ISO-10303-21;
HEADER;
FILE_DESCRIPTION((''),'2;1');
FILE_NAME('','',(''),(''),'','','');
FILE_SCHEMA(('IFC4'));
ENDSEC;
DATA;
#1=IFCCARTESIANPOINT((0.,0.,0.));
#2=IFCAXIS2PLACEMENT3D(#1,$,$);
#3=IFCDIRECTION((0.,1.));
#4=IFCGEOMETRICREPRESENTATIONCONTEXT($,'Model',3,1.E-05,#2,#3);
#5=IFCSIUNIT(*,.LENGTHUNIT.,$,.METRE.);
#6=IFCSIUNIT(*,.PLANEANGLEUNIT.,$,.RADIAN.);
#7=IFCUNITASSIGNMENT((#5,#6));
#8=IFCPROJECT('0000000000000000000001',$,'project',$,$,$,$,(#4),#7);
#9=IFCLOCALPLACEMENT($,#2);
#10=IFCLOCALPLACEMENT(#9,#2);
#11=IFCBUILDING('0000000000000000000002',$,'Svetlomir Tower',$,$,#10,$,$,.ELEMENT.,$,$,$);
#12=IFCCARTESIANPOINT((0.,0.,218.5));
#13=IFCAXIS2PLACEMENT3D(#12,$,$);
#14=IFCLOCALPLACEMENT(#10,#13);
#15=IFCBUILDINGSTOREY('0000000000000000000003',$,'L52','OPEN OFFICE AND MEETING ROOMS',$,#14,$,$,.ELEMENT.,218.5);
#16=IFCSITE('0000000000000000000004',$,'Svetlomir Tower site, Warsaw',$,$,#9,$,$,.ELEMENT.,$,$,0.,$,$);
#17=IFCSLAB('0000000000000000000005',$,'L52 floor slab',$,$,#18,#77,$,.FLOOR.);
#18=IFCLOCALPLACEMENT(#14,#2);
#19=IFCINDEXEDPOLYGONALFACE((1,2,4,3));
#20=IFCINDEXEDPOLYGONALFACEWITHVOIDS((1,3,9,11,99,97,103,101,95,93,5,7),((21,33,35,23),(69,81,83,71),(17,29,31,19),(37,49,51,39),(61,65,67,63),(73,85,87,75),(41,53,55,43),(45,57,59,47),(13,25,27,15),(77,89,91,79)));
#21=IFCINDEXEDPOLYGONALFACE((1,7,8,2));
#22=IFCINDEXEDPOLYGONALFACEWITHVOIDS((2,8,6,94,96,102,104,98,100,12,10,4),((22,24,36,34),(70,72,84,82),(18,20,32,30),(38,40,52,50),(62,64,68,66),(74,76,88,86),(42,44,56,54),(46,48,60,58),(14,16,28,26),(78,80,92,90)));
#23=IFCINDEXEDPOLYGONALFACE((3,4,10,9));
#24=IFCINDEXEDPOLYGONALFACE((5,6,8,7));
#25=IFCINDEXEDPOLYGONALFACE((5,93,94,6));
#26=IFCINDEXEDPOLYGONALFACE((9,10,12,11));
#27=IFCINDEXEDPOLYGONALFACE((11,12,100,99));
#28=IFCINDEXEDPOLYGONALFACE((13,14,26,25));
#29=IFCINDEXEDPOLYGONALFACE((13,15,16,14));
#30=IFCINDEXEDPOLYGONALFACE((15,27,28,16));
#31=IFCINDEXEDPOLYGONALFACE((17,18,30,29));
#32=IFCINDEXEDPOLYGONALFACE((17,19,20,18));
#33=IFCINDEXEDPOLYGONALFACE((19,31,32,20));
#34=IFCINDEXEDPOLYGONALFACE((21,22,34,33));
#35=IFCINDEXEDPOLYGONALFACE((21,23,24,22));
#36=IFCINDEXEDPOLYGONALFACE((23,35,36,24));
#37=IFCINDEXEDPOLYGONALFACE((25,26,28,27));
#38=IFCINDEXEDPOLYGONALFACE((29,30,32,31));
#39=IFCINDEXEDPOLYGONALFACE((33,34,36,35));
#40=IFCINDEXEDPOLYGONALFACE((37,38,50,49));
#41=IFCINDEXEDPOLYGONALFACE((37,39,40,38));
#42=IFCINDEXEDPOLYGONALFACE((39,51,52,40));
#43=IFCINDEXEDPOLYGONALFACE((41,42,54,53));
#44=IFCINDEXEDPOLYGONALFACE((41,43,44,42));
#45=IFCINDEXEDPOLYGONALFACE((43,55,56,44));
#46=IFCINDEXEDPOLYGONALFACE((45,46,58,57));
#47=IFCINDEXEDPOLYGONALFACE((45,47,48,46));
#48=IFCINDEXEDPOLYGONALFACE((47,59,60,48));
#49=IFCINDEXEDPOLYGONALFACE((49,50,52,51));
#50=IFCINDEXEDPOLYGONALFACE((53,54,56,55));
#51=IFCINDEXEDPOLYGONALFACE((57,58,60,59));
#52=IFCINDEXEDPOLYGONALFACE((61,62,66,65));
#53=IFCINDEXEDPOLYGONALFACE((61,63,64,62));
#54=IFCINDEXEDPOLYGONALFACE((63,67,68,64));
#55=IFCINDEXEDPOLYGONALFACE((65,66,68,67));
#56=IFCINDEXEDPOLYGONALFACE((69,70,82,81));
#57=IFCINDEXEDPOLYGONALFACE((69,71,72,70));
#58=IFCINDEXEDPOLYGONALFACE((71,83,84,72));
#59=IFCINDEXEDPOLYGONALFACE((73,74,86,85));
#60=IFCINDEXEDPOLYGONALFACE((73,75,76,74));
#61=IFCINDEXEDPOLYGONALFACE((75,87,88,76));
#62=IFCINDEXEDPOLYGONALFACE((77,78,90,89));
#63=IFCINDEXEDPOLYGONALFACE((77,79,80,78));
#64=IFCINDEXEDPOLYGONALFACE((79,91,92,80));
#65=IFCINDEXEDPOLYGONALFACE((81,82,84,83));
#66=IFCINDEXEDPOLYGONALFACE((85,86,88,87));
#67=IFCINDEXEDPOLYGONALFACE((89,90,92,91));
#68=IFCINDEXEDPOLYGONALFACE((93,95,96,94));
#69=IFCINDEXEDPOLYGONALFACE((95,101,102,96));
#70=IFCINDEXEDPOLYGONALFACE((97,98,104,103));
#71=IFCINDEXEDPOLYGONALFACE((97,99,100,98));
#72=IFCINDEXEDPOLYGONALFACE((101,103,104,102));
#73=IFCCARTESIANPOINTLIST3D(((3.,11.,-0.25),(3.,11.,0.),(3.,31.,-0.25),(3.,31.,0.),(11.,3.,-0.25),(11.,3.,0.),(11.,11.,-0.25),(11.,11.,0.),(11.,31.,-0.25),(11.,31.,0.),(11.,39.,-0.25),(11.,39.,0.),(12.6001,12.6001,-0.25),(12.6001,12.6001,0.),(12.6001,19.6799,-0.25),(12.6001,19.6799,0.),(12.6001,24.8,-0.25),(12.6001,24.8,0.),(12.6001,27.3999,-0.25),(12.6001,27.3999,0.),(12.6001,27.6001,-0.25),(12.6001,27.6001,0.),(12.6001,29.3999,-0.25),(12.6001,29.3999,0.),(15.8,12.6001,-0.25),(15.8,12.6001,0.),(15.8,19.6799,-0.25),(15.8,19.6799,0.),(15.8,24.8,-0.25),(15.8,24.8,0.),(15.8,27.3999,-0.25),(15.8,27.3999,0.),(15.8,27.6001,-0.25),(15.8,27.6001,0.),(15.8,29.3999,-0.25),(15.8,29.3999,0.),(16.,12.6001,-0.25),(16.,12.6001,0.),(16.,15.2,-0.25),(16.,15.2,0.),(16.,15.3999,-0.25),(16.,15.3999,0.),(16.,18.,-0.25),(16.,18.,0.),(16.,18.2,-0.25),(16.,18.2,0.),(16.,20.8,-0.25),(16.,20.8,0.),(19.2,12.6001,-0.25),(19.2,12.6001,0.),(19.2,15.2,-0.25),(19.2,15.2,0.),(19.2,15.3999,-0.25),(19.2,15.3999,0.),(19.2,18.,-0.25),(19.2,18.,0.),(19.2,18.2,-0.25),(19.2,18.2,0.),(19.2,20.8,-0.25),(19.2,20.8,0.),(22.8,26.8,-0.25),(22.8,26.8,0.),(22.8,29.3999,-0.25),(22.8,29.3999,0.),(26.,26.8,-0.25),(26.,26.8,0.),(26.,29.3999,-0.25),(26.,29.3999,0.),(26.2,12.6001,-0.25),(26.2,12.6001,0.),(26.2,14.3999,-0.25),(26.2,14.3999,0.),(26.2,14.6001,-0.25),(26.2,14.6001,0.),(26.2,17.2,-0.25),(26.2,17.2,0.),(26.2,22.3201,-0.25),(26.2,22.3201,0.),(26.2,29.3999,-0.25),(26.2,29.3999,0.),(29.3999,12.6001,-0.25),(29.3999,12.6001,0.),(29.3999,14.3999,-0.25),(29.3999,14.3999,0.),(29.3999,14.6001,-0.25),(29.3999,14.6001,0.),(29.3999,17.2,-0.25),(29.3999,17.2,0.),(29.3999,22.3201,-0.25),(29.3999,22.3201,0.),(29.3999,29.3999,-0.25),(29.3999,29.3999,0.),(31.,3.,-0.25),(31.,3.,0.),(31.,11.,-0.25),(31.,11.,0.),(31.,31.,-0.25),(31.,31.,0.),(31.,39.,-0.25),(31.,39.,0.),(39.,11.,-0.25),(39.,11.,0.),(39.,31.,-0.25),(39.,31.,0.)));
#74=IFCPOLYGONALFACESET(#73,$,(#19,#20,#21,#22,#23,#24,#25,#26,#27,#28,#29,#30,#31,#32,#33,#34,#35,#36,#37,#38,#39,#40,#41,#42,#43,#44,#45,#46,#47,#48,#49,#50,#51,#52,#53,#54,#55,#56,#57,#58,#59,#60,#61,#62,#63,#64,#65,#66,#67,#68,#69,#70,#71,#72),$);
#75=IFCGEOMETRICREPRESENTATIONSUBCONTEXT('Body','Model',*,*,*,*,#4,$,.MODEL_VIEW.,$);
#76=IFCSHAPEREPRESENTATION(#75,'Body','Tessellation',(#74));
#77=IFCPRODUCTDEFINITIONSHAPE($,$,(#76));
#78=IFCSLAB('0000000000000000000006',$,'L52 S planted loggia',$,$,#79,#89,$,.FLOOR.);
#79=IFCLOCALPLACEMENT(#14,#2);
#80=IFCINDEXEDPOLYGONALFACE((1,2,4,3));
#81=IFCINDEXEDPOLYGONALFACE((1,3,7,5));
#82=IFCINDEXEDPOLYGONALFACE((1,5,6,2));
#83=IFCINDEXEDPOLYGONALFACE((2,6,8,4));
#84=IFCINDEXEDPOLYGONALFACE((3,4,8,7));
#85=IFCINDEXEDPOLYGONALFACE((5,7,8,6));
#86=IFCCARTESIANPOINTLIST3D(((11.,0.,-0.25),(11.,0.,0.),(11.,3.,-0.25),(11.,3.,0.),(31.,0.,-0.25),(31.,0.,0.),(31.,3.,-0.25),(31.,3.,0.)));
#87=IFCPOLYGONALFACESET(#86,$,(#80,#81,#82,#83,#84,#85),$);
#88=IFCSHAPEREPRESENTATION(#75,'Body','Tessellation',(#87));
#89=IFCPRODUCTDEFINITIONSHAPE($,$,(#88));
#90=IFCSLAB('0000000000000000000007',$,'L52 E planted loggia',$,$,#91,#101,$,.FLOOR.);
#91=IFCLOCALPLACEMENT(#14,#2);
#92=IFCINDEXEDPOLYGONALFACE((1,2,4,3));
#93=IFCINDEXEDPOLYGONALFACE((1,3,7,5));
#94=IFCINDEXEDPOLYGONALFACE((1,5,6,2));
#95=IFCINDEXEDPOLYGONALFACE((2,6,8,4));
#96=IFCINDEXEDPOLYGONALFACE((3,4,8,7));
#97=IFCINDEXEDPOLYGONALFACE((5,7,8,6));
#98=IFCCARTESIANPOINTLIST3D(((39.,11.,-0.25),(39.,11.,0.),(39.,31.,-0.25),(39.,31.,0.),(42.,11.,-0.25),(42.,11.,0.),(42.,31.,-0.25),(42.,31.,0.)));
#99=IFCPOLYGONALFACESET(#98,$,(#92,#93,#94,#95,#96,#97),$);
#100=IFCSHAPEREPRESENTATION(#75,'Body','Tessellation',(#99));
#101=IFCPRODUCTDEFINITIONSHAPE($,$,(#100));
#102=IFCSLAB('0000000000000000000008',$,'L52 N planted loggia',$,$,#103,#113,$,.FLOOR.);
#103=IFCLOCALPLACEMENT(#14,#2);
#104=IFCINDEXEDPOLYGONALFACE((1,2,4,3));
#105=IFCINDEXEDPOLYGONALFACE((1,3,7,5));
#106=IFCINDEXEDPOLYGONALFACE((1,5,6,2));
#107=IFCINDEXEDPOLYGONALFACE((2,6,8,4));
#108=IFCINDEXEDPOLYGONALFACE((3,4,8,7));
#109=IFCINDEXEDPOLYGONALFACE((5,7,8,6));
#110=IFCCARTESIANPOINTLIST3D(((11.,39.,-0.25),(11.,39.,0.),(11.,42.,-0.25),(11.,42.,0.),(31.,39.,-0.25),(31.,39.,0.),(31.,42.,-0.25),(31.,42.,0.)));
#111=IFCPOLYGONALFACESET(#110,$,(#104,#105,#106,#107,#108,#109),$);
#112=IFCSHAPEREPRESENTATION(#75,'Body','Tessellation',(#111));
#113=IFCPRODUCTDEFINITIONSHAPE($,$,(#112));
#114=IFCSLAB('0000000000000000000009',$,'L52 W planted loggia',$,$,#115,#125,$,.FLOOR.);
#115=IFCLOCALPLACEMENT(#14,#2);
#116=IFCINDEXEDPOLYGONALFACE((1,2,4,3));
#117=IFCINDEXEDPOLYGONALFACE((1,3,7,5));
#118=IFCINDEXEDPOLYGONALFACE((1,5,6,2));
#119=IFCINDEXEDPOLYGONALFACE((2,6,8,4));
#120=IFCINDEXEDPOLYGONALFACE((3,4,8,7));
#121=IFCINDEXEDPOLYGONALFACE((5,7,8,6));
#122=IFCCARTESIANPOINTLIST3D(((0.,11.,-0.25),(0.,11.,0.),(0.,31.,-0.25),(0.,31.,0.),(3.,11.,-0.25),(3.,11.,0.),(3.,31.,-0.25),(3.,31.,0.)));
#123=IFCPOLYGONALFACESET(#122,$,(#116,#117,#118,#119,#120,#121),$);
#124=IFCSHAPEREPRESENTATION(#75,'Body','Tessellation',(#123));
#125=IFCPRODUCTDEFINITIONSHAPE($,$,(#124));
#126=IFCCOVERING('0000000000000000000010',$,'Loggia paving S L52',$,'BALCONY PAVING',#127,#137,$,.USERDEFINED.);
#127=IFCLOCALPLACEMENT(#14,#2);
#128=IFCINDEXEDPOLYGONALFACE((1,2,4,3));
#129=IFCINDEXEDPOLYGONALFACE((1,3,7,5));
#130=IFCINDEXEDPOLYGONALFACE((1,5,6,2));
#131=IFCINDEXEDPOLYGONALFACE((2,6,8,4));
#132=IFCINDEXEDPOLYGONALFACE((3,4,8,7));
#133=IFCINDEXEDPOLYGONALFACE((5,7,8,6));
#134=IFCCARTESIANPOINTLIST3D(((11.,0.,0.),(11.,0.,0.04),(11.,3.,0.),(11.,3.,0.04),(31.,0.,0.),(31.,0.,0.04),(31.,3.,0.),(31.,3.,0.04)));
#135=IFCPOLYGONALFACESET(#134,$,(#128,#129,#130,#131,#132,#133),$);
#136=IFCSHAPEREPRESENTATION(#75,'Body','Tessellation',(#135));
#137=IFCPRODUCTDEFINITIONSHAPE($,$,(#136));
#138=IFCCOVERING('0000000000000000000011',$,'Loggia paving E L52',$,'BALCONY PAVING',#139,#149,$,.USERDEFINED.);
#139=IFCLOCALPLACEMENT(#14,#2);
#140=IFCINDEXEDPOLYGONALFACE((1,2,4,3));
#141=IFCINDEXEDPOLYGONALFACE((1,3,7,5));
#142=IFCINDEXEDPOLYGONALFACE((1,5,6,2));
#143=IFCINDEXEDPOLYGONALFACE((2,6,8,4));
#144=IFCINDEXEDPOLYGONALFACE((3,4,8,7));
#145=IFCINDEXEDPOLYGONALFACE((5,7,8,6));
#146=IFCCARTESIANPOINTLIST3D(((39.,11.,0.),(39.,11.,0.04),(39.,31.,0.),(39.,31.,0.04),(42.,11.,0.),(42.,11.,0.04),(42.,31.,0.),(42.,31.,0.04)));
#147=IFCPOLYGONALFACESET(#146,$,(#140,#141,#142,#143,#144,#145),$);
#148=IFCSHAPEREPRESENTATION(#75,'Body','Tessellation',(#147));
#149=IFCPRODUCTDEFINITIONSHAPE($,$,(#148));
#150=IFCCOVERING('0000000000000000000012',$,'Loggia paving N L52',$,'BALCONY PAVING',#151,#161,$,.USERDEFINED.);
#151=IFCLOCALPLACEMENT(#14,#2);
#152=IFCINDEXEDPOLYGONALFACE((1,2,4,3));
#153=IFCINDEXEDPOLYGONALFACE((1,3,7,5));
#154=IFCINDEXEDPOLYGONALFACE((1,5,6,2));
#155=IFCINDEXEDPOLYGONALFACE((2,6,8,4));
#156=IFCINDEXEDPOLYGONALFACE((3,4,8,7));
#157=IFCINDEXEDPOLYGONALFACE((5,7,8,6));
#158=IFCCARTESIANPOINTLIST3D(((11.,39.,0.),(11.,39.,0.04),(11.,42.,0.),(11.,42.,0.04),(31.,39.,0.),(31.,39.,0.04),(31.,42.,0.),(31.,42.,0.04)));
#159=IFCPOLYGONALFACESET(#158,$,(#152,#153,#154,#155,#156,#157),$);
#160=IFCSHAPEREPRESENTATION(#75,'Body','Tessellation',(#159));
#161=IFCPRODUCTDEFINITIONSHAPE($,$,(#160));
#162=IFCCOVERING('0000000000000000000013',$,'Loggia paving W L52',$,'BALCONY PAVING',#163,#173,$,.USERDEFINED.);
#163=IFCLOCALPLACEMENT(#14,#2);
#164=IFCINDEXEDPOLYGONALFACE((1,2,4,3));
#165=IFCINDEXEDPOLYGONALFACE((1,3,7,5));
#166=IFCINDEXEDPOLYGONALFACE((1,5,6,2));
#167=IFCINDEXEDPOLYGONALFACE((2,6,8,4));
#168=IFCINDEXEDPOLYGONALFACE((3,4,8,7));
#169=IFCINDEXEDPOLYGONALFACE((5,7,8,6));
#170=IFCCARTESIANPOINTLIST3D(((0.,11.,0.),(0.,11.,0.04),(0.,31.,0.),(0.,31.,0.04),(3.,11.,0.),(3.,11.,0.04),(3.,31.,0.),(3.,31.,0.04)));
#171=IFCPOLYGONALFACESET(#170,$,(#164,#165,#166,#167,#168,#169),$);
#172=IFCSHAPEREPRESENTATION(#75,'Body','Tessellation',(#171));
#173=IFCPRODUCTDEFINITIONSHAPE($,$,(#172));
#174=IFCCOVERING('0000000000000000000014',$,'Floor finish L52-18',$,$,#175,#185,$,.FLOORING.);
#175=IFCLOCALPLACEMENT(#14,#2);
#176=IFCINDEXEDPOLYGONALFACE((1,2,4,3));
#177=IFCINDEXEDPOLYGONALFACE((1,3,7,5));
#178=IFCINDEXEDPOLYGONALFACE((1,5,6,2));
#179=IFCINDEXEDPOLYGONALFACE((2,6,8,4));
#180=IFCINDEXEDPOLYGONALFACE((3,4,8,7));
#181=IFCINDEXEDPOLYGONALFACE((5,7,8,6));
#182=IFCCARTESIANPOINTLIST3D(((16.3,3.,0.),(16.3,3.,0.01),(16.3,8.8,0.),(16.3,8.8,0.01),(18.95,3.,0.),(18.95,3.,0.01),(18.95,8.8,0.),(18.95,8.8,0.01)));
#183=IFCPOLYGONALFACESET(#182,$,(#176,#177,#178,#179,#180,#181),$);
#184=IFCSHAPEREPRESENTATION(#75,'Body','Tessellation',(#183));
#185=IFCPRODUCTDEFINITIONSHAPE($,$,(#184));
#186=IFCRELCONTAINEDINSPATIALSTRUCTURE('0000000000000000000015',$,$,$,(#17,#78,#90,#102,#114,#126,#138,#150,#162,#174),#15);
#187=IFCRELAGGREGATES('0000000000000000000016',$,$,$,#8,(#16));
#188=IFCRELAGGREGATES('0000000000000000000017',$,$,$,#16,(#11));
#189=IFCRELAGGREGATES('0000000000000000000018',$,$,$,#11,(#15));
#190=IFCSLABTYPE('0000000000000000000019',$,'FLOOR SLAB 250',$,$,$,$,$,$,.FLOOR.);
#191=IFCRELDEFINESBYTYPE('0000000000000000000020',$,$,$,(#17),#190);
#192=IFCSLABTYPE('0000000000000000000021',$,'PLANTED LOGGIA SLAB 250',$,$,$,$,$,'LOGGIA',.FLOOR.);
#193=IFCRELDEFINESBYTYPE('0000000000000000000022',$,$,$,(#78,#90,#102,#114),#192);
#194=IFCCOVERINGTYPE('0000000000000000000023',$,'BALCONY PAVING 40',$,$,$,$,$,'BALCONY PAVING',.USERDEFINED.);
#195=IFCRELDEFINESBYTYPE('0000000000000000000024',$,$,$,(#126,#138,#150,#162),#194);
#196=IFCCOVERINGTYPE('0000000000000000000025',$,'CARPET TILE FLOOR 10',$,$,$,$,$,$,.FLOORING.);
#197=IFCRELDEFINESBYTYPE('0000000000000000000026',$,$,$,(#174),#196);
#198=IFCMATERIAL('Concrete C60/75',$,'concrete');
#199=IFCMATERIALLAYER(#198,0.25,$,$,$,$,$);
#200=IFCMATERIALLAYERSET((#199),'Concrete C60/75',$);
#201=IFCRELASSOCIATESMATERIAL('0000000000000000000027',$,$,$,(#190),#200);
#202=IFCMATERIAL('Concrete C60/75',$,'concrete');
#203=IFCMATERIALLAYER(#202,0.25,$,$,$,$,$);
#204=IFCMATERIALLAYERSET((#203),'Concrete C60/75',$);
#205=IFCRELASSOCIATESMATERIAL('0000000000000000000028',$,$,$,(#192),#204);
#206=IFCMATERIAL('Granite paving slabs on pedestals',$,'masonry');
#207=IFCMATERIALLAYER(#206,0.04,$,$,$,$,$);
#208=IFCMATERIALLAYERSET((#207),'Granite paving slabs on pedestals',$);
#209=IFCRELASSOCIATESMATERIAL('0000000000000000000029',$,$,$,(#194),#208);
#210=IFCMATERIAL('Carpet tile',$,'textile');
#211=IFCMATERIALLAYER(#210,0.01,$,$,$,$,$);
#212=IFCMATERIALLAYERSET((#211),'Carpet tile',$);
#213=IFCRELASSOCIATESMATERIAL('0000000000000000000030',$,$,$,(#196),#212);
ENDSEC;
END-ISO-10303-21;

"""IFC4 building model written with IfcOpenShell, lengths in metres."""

from ifc_helpers import new_model, si_unit, direction, frame, origin, place, context, subcontext, project, spatial, polyline, outline, extrude, material, layer, layer_set, type_object, element, save


model = new_model("IFC4")

# Units and contexts
model_context = context("Model", 3, precision=1e-05, world=origin(), true_north=direction((0.0, 1.0)))
body_context = subcontext(model_context, "Body", "Model", "MODEL_VIEW")
ifc_project = project(units=[si_unit("LENGTHUNIT", "METRE"), si_unit("PLANEANGLEUNIT", "RADIAN")], contexts=[model_context])

# Site, building, storey
site_placement = place(None, origin())
site = spatial("IfcSite", under=ifc_project, at=site_placement, Name="Svetlomir Tower site, Warsaw", CompositionType="ELEMENT", RefElevation=0.0)
building_placement = place(site_placement, origin())
building = spatial("IfcBuilding", under=site, at=building_placement, Name="Svetlomir Tower", CompositionType="ELEMENT")
storey_placement = place(building_placement, frame((0.0, 0.0, 218.5)))
storey = spatial("IfcBuildingStorey", under=building, at=storey_placement, Name="L52", Description="OPEN OFFICE AND MEETING ROOMS", CompositionType="ELEMENT", Elevation=218.5)

# Slabs
ifc_material_1 = material(Name="Concrete C60/75", Category="concrete")
ifc_layer_1 = layer(ifc_material_1, 0.25)
ifc_layer_set_1 = layer_set([ifc_layer_1], Name="Concrete C60/75")
slab_type_1 = type_object("IfcSlabType", Name="FLOOR SLAB 250", PredefinedType="FLOOR", material=ifc_layer_set_1)
slab_1_placement = place(storey_placement, frame((0.0, 0.0, -0.25)))
element("IfcSlab", 1, at=slab_1_placement, inside=storey, type_object=slab_type_1, Name="L52 floor slab", PredefinedType="FLOOR", context=body_context, shape_type="SweptSolid", body=[
    extrude(outline(polyline([(11.0, 3.0), (31.0, 3.0), (31.0, 11.0), (39.0, 11.0), (39.0, 31.0), (31.0, 31.0), (31.0, 39.0), (11.0, 39.0), (11.0, 31.0), (3.0, 31.0), (3.0, 11.0), (11.0, 11.0), (11.0, 3.0)]), holes=[polyline([(12.6001, 24.8), (15.8, 24.8), (15.8, 27.3999), (12.6001, 27.3999), (12.6001, 24.8)]), polyline([(26.2, 14.6001), (29.3999, 14.6001), (29.3999, 17.2), (26.2, 17.2), (26.2, 14.6001)]), polyline([(16.0, 12.6001), (19.2, 12.6001), (19.2, 15.2), (16.0, 15.2), (16.0, 12.6001)]), polyline([(16.0, 15.3999), (19.2, 15.3999), (19.2, 18.0), (16.0, 18.0), (16.0, 15.3999)]), polyline([(16.0, 18.2), (19.2, 18.2), (19.2, 20.8), (16.0, 20.8), (16.0, 18.2)]), polyline([(22.8, 26.8), (26.0, 26.8), (26.0, 29.3999), (22.8, 29.3999), (22.8, 26.8)]), polyline([(12.6001, 27.6001), (15.8, 27.6001), (15.8, 29.3999), (12.6001, 29.3999), (12.6001, 27.6001)]), polyline([(26.2, 12.6001), (29.3999, 12.6001), (29.3999, 14.3999), (26.2, 14.3999), (26.2, 12.6001)]), polyline([(12.6001, 12.6001), (15.8, 12.6001), (15.8, 19.6799), (12.6001, 19.6799), (12.6001, 12.6001)]), polyline([(26.2, 22.3201), (29.3999, 22.3201), (29.3999, 29.3999), (26.2, 29.3999), (26.2, 22.3201)])]), origin(), (0.0, 0.0, 1.0), 0.25),
])
ifc_material_2 = material(Name="Concrete C60/75", Category="concrete")
ifc_layer_2 = layer(ifc_material_2, 0.25)
ifc_layer_set_2 = layer_set([ifc_layer_2], Name="Concrete C60/75")
slab_type_2 = type_object("IfcSlabType", Name="PLANTED LOGGIA SLAB 250", ElementType="LOGGIA", PredefinedType="FLOOR", material=ifc_layer_set_2)
slab_2_placement = place(storey_placement, frame((0.0, 0.0, -0.25)))
element("IfcSlab", 2, at=slab_2_placement, inside=storey, type_object=slab_type_2, Name="L52 S planted loggia", PredefinedType="FLOOR", context=body_context, shape_type="SweptSolid", body=[
    extrude(outline(polyline([(11.0, 0.0), (31.0, 0.0), (31.0, 3.0), (11.0, 3.0), (11.0, 0.0)])), origin(), (0.0, 0.0, 1.0), 0.25),
])
slab_3_placement = place(storey_placement, frame((0.0, 0.0, -0.25)))
element("IfcSlab", 3, at=slab_3_placement, inside=storey, type_object=slab_type_2, Name="L52 E planted loggia", PredefinedType="FLOOR", context=body_context, shape_type="SweptSolid", body=[
    extrude(outline(polyline([(39.0, 11.0), (42.0, 11.0), (42.0, 31.0), (39.0, 31.0), (39.0, 11.0)])), origin(), (0.0, 0.0, 1.0), 0.25),
])
slab_4_placement = place(storey_placement, frame((0.0, 0.0, -0.25)))
element("IfcSlab", 4, at=slab_4_placement, inside=storey, type_object=slab_type_2, Name="L52 N planted loggia", PredefinedType="FLOOR", context=body_context, shape_type="SweptSolid", body=[
    extrude(outline(polyline([(11.0, 39.0), (31.0, 39.0), (31.0, 42.0), (11.0, 42.0), (11.0, 39.0)])), origin(), (0.0, 0.0, 1.0), 0.25),
])
slab_5_placement = place(storey_placement, frame((0.0, 0.0, -0.25)))
element("IfcSlab", 5, at=slab_5_placement, inside=storey, type_object=slab_type_2, Name="L52 W planted loggia", PredefinedType="FLOOR", context=body_context, shape_type="SweptSolid", body=[
    extrude(outline(polyline([(0.0, 11.0), (3.0, 11.0), (3.0, 31.0), (0.0, 31.0), (0.0, 11.0)])), origin(), (0.0, 0.0, 1.0), 0.25),
])

# Coverings
ifc_material_3 = material(Name="Granite paving slabs on pedestals", Category="masonry")
ifc_layer_3 = layer(ifc_material_3, 0.04)
ifc_layer_set_3 = layer_set([ifc_layer_3], Name="Granite paving slabs on pedestals")
covering_type_1 = type_object("IfcCoveringType", Name="BALCONY PAVING 40", ElementType="BALCONY PAVING", PredefinedType="USERDEFINED", material=ifc_layer_set_3)
covering_1_placement = place(storey_placement, origin())
element("IfcCovering", 6, at=covering_1_placement, inside=storey, type_object=covering_type_1, Name="Loggia paving S L52", ObjectType="BALCONY PAVING", PredefinedType="USERDEFINED", context=body_context, shape_type="SweptSolid", body=[
    extrude(outline(polyline([(11.0, 0.0), (31.0, 0.0), (31.0, 3.0), (11.0, 3.0), (11.0, 0.0)])), origin(), (0.0, 0.0, 1.0), 0.04),
])
covering_2_placement = place(storey_placement, origin())
element("IfcCovering", 7, at=covering_2_placement, inside=storey, type_object=covering_type_1, Name="Loggia paving E L52", ObjectType="BALCONY PAVING", PredefinedType="USERDEFINED", context=body_context, shape_type="SweptSolid", body=[
    extrude(outline(polyline([(39.0, 11.0), (42.0, 11.0), (42.0, 31.0), (39.0, 31.0), (39.0, 11.0)])), origin(), (0.0, 0.0, 1.0), 0.04),
])
covering_3_placement = place(storey_placement, origin())
element("IfcCovering", 8, at=covering_3_placement, inside=storey, type_object=covering_type_1, Name="Loggia paving N L52", ObjectType="BALCONY PAVING", PredefinedType="USERDEFINED", context=body_context, shape_type="SweptSolid", body=[
    extrude(outline(polyline([(11.0, 39.0), (31.0, 39.0), (31.0, 42.0), (11.0, 42.0), (11.0, 39.0)])), origin(), (0.0, 0.0, 1.0), 0.04),
])
covering_4_placement = place(storey_placement, origin())
element("IfcCovering", 9, at=covering_4_placement, inside=storey, type_object=covering_type_1, Name="Loggia paving W L52", ObjectType="BALCONY PAVING", PredefinedType="USERDEFINED", context=body_context, shape_type="SweptSolid", body=[
    extrude(outline(polyline([(0.0, 11.0), (3.0, 11.0), (3.0, 31.0), (0.0, 31.0), (0.0, 11.0)])), origin(), (0.0, 0.0, 1.0), 0.04),
])
ifc_material_4 = material(Name="Carpet tile", Category="textile")
ifc_layer_4 = layer(ifc_material_4, 0.01)
ifc_layer_set_4 = layer_set([ifc_layer_4], Name="Carpet tile")
covering_type_2 = type_object("IfcCoveringType", Name="CARPET TILE FLOOR 10", PredefinedType="FLOORING", material=ifc_layer_set_4)
covering_5_placement = place(storey_placement, origin())
element("IfcCovering", 10, at=covering_5_placement, inside=storey, type_object=covering_type_2, Name="Floor finish L52-18", PredefinedType="FLOORING", context=body_context, shape_type="SweptSolid", body=[
    extrude(outline(polyline([(16.3, 3.0), (18.95, 3.0), (18.95, 8.8), (16.3, 8.8), (16.3, 3.0)])), origin(), (0.0, 0.0, 1.0), 0.01),
])

save(model, "model.ifc")
